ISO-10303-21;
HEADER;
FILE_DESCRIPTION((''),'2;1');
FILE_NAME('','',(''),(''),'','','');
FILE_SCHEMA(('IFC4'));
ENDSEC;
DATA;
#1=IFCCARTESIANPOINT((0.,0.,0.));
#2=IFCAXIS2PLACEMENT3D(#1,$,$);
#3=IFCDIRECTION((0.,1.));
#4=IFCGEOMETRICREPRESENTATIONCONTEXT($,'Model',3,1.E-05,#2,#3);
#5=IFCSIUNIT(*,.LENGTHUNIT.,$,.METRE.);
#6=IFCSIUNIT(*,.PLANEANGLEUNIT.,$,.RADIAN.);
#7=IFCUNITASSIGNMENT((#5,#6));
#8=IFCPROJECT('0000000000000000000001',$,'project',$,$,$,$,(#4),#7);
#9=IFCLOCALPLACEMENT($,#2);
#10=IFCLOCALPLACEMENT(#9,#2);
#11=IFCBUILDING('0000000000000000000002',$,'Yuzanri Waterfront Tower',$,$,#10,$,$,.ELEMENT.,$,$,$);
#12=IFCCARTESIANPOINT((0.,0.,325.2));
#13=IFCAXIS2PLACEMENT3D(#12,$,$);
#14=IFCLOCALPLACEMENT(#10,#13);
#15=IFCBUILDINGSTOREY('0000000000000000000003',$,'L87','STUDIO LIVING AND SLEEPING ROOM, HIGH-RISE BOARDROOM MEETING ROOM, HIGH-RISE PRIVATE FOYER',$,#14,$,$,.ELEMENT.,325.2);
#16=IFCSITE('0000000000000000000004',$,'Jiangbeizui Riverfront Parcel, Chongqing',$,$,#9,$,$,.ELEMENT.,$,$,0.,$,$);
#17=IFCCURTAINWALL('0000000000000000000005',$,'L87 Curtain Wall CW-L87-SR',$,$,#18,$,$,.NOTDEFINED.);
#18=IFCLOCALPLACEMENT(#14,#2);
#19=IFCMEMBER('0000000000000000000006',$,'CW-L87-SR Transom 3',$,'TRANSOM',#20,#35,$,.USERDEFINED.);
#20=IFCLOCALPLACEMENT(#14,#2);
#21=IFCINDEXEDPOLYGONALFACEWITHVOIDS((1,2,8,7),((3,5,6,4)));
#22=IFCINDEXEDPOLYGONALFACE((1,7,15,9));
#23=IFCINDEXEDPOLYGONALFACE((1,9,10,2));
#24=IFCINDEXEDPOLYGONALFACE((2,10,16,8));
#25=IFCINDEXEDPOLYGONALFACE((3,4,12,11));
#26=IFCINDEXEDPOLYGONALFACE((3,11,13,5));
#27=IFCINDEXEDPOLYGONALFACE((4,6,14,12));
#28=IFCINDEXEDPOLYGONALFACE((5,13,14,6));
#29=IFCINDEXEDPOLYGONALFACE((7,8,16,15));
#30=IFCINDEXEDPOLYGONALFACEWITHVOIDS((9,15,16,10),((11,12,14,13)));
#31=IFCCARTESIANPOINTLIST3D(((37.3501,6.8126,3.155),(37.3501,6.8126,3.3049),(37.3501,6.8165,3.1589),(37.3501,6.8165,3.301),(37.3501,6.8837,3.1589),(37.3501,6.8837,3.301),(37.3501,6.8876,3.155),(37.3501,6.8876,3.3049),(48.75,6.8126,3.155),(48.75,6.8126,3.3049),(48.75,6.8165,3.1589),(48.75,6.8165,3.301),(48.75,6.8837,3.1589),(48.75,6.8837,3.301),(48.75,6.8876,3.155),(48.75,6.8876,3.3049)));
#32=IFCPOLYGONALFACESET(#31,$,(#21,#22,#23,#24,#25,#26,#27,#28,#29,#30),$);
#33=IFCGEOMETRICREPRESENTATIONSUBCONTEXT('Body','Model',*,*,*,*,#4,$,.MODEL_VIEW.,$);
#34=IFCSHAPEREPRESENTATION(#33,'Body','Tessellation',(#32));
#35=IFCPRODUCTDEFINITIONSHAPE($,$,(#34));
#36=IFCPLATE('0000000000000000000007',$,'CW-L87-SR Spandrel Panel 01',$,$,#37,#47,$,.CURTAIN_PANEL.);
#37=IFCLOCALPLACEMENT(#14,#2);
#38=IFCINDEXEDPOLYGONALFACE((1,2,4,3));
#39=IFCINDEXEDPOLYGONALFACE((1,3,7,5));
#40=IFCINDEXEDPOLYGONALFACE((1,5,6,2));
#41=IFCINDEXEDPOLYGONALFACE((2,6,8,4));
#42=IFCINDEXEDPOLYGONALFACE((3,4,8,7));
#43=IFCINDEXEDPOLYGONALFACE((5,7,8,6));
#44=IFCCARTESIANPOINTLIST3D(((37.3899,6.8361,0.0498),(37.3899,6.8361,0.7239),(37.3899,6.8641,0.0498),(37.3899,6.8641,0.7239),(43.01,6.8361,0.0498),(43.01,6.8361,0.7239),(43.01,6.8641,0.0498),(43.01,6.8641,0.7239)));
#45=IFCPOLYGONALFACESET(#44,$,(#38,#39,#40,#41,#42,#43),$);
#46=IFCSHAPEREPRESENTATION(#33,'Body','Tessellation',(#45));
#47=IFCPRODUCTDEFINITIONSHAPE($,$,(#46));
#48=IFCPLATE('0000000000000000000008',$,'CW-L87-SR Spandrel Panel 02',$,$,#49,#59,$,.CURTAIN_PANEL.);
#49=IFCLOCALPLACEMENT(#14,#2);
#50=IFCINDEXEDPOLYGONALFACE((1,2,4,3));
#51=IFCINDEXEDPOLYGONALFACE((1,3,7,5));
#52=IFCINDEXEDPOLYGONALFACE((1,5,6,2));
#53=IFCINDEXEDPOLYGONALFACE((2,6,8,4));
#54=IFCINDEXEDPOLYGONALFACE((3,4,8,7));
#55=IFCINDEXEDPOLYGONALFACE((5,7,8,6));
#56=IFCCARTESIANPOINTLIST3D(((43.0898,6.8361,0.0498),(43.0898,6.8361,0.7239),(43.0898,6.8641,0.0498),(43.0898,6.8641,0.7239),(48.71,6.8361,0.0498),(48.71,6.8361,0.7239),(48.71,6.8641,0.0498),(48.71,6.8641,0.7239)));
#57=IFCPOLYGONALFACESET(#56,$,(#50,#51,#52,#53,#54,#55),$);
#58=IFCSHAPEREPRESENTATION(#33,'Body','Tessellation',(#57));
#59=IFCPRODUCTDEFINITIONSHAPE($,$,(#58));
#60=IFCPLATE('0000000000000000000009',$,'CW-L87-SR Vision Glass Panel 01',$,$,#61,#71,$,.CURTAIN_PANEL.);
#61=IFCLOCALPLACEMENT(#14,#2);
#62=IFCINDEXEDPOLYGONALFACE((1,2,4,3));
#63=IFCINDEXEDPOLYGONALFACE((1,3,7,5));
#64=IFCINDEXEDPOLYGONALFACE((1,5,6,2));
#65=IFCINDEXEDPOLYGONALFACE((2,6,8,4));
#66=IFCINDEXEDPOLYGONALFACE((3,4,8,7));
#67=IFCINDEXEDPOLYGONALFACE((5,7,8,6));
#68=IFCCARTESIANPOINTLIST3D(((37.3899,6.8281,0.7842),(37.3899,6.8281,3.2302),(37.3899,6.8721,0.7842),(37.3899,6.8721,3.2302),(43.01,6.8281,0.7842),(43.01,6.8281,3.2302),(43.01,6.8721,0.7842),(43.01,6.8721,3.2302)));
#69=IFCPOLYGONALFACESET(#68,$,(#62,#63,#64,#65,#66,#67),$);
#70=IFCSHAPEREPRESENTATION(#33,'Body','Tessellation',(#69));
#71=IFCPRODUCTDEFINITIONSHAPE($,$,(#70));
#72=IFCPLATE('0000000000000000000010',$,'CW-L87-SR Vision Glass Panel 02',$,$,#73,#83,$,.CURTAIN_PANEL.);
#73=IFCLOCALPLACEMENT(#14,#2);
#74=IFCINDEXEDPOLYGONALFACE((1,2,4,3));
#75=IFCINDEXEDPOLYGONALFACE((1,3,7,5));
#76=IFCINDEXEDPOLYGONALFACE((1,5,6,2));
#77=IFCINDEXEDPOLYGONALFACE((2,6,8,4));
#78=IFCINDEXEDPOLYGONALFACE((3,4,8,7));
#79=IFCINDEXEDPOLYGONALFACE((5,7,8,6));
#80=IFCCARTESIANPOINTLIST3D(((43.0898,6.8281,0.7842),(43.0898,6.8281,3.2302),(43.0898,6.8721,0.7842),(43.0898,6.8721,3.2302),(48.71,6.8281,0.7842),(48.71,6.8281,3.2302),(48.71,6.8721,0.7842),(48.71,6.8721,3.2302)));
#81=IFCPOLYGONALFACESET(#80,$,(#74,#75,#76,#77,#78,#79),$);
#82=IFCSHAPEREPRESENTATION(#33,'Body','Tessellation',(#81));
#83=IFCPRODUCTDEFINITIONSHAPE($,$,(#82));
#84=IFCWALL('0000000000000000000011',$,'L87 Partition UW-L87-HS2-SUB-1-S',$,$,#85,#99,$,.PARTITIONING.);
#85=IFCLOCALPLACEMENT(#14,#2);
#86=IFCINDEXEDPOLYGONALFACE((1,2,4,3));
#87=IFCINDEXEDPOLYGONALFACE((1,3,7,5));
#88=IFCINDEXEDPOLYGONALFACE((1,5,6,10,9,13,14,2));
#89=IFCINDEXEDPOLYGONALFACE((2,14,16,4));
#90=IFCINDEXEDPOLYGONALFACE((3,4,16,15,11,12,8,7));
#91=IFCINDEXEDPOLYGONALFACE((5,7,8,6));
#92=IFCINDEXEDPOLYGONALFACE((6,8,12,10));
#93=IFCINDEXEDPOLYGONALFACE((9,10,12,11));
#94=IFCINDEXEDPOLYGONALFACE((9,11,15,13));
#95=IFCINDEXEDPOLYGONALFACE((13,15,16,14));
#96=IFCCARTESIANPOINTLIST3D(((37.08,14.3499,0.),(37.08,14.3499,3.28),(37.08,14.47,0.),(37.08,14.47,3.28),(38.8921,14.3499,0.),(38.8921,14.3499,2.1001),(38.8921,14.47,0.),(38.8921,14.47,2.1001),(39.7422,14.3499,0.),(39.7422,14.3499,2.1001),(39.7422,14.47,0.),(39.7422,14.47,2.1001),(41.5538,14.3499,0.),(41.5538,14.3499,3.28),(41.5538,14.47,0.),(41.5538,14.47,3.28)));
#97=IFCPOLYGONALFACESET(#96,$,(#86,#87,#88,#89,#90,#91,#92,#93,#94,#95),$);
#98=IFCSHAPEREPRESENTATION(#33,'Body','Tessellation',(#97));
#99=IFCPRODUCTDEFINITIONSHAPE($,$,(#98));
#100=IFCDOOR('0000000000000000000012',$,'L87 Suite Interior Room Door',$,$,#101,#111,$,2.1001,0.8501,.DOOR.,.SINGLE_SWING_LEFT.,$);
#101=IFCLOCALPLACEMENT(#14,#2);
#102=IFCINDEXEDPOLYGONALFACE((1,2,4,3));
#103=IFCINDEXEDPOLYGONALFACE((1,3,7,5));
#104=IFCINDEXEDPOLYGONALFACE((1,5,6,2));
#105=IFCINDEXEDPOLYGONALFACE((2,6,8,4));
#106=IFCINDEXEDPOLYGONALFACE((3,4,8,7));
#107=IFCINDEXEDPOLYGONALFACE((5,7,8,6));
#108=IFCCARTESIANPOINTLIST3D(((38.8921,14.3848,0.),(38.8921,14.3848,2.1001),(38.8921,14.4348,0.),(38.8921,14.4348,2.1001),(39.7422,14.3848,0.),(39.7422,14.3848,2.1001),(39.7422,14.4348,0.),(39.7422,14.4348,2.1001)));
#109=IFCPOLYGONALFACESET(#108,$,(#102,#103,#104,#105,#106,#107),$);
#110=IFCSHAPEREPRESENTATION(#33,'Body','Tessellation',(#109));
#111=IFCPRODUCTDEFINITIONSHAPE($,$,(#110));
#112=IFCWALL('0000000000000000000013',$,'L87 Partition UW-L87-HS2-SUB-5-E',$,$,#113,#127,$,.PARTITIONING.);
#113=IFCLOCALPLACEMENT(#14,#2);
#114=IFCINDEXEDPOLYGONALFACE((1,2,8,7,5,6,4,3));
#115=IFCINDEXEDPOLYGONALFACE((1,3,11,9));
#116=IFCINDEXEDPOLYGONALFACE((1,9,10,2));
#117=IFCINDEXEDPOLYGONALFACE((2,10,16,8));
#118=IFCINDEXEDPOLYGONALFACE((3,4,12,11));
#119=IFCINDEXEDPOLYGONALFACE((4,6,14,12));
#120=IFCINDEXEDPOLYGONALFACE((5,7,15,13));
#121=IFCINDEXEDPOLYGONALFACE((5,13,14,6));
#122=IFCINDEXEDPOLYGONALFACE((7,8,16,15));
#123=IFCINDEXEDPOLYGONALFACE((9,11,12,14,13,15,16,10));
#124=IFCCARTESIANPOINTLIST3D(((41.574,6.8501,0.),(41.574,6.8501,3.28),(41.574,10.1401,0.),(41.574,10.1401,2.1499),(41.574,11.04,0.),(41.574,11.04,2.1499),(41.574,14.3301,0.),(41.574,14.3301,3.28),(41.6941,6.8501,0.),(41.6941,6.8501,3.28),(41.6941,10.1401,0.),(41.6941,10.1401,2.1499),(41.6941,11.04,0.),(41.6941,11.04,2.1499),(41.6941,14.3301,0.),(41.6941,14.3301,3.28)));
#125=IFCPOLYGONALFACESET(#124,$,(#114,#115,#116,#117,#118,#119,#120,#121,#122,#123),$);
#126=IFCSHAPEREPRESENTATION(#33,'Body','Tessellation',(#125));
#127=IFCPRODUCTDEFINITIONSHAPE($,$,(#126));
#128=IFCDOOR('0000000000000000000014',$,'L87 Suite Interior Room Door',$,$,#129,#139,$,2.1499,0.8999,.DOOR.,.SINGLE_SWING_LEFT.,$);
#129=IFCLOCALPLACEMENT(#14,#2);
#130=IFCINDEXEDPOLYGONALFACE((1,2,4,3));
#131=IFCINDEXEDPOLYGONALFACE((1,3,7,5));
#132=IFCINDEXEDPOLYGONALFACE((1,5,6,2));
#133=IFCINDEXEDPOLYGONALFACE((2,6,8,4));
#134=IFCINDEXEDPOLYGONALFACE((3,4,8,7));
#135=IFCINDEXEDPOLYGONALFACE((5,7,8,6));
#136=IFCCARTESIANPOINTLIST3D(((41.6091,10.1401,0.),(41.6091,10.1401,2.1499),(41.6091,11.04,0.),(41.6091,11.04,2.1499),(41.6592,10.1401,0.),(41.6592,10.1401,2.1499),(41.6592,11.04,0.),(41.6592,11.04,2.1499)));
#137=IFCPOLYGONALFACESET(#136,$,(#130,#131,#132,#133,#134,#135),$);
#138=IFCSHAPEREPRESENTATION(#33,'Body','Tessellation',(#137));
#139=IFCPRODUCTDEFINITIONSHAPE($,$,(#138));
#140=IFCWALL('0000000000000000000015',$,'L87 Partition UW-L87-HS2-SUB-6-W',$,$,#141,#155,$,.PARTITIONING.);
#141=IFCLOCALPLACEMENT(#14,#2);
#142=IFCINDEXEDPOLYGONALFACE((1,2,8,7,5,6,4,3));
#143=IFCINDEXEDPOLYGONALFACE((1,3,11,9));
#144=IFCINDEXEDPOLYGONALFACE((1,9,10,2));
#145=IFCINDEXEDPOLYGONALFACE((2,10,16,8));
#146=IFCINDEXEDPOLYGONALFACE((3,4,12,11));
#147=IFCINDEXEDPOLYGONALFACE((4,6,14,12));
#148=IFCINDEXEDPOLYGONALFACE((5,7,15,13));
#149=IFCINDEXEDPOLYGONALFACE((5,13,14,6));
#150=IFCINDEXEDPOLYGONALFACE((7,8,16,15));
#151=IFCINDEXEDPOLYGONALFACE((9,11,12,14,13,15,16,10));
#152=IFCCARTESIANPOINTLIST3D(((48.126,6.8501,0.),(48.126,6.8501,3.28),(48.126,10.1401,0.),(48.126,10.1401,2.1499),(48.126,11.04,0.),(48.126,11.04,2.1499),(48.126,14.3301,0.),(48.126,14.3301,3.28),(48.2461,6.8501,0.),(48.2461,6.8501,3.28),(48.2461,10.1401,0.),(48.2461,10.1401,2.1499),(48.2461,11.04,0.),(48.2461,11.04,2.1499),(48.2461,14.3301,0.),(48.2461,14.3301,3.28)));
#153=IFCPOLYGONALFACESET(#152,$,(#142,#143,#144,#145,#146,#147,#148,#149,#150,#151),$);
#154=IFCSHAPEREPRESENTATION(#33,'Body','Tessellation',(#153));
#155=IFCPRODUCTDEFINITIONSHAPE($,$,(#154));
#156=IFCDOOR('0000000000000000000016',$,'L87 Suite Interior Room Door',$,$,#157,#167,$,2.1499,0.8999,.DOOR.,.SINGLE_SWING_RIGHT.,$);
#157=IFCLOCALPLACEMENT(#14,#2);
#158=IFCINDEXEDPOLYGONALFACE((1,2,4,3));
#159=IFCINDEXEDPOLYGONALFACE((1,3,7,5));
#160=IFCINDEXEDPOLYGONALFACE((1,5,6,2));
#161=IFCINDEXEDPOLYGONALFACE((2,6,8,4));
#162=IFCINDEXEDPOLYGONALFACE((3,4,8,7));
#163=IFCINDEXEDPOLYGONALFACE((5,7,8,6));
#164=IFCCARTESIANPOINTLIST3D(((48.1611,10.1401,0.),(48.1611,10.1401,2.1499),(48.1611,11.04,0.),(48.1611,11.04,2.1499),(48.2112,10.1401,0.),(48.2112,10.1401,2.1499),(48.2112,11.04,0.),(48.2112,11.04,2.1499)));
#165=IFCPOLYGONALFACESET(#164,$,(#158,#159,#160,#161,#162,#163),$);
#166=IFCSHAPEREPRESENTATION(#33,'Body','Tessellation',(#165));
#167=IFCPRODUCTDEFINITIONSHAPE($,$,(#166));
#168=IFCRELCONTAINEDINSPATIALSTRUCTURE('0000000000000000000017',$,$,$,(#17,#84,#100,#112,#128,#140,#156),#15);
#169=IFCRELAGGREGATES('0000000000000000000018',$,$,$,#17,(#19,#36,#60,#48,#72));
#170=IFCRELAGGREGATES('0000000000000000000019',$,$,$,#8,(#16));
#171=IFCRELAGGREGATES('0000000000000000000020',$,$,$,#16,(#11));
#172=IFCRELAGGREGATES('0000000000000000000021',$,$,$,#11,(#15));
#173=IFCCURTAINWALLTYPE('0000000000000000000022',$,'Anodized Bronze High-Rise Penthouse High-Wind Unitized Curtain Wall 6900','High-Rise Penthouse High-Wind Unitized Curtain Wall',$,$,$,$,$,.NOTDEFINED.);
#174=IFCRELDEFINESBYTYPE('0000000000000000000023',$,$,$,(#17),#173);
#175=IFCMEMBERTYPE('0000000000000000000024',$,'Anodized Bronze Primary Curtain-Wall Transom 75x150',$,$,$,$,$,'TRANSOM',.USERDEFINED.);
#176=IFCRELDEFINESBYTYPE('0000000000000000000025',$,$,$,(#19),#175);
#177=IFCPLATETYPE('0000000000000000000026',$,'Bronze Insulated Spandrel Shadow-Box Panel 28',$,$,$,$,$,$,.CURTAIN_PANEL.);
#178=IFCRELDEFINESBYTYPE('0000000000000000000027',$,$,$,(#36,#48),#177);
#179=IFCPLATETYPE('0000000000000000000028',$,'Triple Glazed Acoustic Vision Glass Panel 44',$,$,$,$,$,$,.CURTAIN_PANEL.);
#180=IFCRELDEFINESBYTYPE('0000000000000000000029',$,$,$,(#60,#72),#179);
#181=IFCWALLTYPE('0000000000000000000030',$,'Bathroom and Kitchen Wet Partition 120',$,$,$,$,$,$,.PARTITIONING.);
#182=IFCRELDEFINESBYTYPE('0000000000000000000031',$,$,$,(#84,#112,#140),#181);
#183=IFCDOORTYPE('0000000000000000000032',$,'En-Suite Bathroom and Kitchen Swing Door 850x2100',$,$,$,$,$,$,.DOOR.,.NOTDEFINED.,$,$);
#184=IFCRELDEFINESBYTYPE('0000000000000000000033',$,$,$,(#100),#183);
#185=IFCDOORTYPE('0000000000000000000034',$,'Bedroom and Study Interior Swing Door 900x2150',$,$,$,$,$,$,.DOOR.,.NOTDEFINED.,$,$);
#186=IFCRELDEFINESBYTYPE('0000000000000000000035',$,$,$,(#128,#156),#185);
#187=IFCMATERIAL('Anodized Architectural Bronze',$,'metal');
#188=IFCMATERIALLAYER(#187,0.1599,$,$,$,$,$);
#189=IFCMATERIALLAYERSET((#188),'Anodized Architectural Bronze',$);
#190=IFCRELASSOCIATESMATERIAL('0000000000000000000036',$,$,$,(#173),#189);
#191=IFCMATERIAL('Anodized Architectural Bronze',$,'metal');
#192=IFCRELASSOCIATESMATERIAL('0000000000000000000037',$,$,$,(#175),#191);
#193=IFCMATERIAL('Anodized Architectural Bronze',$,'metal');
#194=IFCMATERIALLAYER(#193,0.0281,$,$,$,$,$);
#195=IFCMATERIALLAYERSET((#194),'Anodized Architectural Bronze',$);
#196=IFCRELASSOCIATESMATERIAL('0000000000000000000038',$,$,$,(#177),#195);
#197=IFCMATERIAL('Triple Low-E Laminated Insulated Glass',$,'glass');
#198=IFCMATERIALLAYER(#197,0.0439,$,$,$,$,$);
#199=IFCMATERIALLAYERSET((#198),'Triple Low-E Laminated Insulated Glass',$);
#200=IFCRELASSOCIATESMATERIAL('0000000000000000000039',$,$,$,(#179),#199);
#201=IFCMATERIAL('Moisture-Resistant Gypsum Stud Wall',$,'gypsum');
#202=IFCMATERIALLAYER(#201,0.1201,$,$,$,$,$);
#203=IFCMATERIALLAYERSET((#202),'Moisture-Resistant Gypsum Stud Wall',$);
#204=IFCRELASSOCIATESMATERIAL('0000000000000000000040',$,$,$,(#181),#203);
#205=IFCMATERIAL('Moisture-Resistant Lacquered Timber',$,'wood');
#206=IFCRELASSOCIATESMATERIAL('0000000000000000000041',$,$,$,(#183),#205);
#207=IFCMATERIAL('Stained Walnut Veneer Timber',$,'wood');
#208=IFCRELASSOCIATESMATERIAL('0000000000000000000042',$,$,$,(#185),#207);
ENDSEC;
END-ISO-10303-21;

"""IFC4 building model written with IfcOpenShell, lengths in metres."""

from ifc_helpers import new_model, si_unit, direction, frame, frame_2d, origin, origin_2d, place, context, subcontext, project, spatial, rectangle, hollow_rectangle, extrude, source, transform, mapped, material, layer, layer_set, material_profile, profile_set, type_object, element, fill, aggregate, save


model = new_model("IFC4")

# Units and contexts
model_context = context("Model", 3, precision=1e-05, world=origin(), true_north=direction((0.0, 1.0)))
body_context = subcontext(model_context, "Body", "Model", "MODEL_VIEW")
ifc_project = project(units=[si_unit("LENGTHUNIT", "METRE"), si_unit("PLANEANGLEUNIT", "RADIAN")], contexts=[model_context])

# Site, building, storey
site_placement = place(None, origin())
site = spatial("IfcSite", under=ifc_project, at=site_placement, Name="Jiangbeizui Riverfront Parcel, Chongqing", CompositionType="ELEMENT", RefElevation=0.0)
building_placement = place(site_placement, origin())
building = spatial("IfcBuilding", under=site, at=building_placement, Name="Yuzanri Waterfront Tower", CompositionType="ELEMENT")
storey_placement = place(building_placement, frame((0.0, 0.0, 325.2)))
storey = spatial("IfcBuildingStorey", under=building, at=storey_placement, Name="L87", Description="STUDIO LIVING AND SLEEPING ROOM, HIGH-RISE BOARDROOM MEETING ROOM, HIGH-RISE PRIVATE FOYER", CompositionType="ELEMENT", Elevation=325.2)

# Curtain wall, member, plates
ifc_material_1 = material(Name="Anodized Architectural Bronze", Category="metal")
ifc_layer_1 = layer(ifc_material_1, 0.1599)
ifc_layer_set_1 = layer_set([ifc_layer_1], Name="Anodized Architectural Bronze")
curtain_wall_type = type_object("IfcCurtainWallType", Name="Anodized Bronze High-Rise Penthouse High-Wind Unitized Curtain Wall 6900", Description="High-Rise Penthouse High-Wind Unitized Curtain Wall", PredefinedType="NOTDEFINED", material=ifc_layer_set_1)
curtain_wall_placement = place(storey_placement, origin())
curtain_wall = element("IfcCurtainWall", 1, at=curtain_wall_placement, inside=storey, type_object=curtain_wall_type, Name="L87 Curtain Wall CW-L87-SR", PredefinedType="NOTDEFINED")
ifc_material_2 = material(Name="Anodized Architectural Bronze", Category="metal")
ifc_material_profile_1 = material_profile(ifc_material_2, hollow_rectangle(XDim=0.075, YDim=0.1499, WallThickness=0.0039, at=origin_2d()), Name="CWT 75x150")
ifc_profile_set_1 = profile_set([ifc_material_profile_1], Name="Anodized Architectural Bronze")
member_type_1 = type_object("IfcMemberType", Name="Anodized Bronze Primary Curtain-Wall Transom 75x150", ElementType="TRANSOM", PredefinedType="USERDEFINED", material=ifc_profile_set_1)
shared_shape_1 = source(origin(), body_context, "Body", "SweptSolid", [
    extrude(hollow_rectangle(XDim=0.075, YDim=0.1499, WallThickness=0.0039, at=origin_2d()), origin(), (0.0, 0.0, 1.0), 11.3999),
])
member_1_placement = place(storey_placement, frame((37.3501, 6.8501, 3.23), z_axis=(1.0, 0.0, 0.0), x_axis=(0.0, 1.0, 0.0)))
member_1 = element("IfcMember", 2, at=member_1_placement, type_object=member_type_1, Name="CW-L87-SR Transom 3", ObjectType="TRANSOM", PredefinedType="USERDEFINED", context=body_context, shape_type="MappedRepresentation", body=[
    mapped(shared_shape_1, transform((0.0, 0.0, 0.0), scale=1.0)),
])
ifc_material_3 = material(Name="Anodized Architectural Bronze", Category="metal")
ifc_layer_2 = layer(ifc_material_3, 0.0281)
ifc_layer_set_2 = layer_set([ifc_layer_2], Name="Anodized Architectural Bronze")
plate_type_1 = type_object("IfcPlateType", Name="Bronze Insulated Spandrel Shadow-Box Panel 28", PredefinedType="CURTAIN_PANEL", material=ifc_layer_set_2)
shared_shape_2 = source(origin(), body_context, "Body", "SweptSolid", [
    extrude(rectangle(XDim=5.6201, YDim=0.0281, at=origin_2d()), origin(), (0.0, 0.0, 1.0), 0.6741),
])
plate_1_placement = place(storey_placement, frame((40.2, 6.8501, 0.0498), z_axis=(0.0, 0.0, 1.0), x_axis=(1.0, 0.0, 0.0)))
plate_1 = element("IfcPlate", 3, at=plate_1_placement, type_object=plate_type_1, Name="CW-L87-SR Spandrel Panel 01", PredefinedType="CURTAIN_PANEL", context=body_context, shape_type="MappedRepresentation", body=[
    mapped(shared_shape_2, transform((0.0, 0.0, 0.0), scale=1.0)),
])
plate_2_placement = place(storey_placement, frame((45.8999, 6.8501, 0.0498), z_axis=(0.0, 0.0, 1.0), x_axis=(1.0, 0.0, 0.0)))
plate_2 = element("IfcPlate", 4, at=plate_2_placement, type_object=plate_type_1, Name="CW-L87-SR Spandrel Panel 02", PredefinedType="CURTAIN_PANEL", context=body_context, shape_type="MappedRepresentation", body=[
    mapped(shared_shape_2, transform((0.0, 0.0, 0.0), scale=1.0)),
])
ifc_material_4 = material(Name="Triple Low-E Laminated Insulated Glass", Category="glass")
ifc_layer_3 = layer(ifc_material_4, 0.0439)
ifc_layer_set_3 = layer_set([ifc_layer_3], Name="Triple Low-E Laminated Insulated Glass")
plate_type_2 = type_object("IfcPlateType", Name="Triple Glazed Acoustic Vision Glass Panel 44", PredefinedType="CURTAIN_PANEL", material=ifc_layer_set_3)
shared_shape_3 = source(origin(), body_context, "Body", "SweptSolid", [
    extrude(rectangle(XDim=5.6201, YDim=0.0439, at=origin_2d()), origin(), (0.0, 0.0, 1.0), 2.446),
])
plate_3_placement = place(storey_placement, frame((40.2, 6.8501, 0.7842), z_axis=(0.0, 0.0, 1.0), x_axis=(1.0, 0.0, 0.0)))
plate_3 = element("IfcPlate", 5, at=plate_3_placement, type_object=plate_type_2, Name="CW-L87-SR Vision Glass Panel 01", PredefinedType="CURTAIN_PANEL", context=body_context, shape_type="MappedRepresentation", body=[
    mapped(shared_shape_3, transform((0.0, 0.0, 0.0), scale=1.0)),
])
plate_4_placement = place(storey_placement, frame((45.8999, 6.8501, 0.7842), z_axis=(0.0, 0.0, 1.0), x_axis=(1.0, 0.0, 0.0)))
plate_4 = element("IfcPlate", 6, at=plate_4_placement, type_object=plate_type_2, Name="CW-L87-SR Vision Glass Panel 02", PredefinedType="CURTAIN_PANEL", context=body_context, shape_type="MappedRepresentation", body=[
    mapped(shared_shape_3, transform((0.0, 0.0, 0.0), scale=1.0)),
])
aggregate(curtain_wall, [member_1, plate_1, plate_3, plate_2, plate_4])

# Walls, openings, doors
ifc_material_5 = material(Name="Moisture-Resistant Gypsum Stud Wall", Category="gypsum")
ifc_layer_4 = layer(ifc_material_5, 0.1201)
ifc_layer_set_4 = layer_set([ifc_layer_4], Name="Moisture-Resistant Gypsum Stud Wall")
wall_type_1 = type_object("IfcWallType", Name="Bathroom and Kitchen Wet Partition 120", PredefinedType="PARTITIONING", material=ifc_layer_set_4)
wall_1_placement = place(storey_placement, frame((37.0801, 14.4099, 0.0), z_axis=(0.0, 0.0, 1.0), x_axis=(1.0, 0.0, 0.0)))
wall_1 = element("IfcWall", 7, at=wall_1_placement, inside=storey, type_object=wall_type_1, Name="L87 Partition UW-L87-HS2-SUB-1-S", PredefinedType="PARTITIONING", context=body_context, shape_type="SweptSolid", body=[
    extrude(rectangle(XDim=4.4739, YDim=0.1201, at=frame_2d((2.2368, 0.0))), origin(), (0.0, 0.0, 1.0), 3.28),
])
opening_1_placement = place(wall_1_placement, frame((1.812, 0.0, 0.0)))
opening_1 = element("IfcOpeningElement", 8, at=opening_1_placement, cuts=wall_1, PredefinedType="OPENING", context=body_context, shape_type="SweptSolid", body=[
    extrude(rectangle(XDim=0.8501, YDim=2.1001, at=frame_2d((0.425, 1.05))), frame((0.0, 0.075, 0.0), z_axis=(0.0, -1.0, 0.0), x_axis=(1.0, 0.0, 0.0)), (0.0, 0.0, 1.0), 0.1499),
])
ifc_material_6 = material(Name="Moisture-Resistant Lacquered Timber", Category="wood")
door_type_1 = type_object("IfcDoorType", Name="En-Suite Bathroom and Kitchen Swing Door 850x2100", OperationType="NOTDEFINED", PredefinedType="DOOR", material=ifc_material_6)
shared_shape_4 = source(origin(), body_context, "Body", "SweptSolid", [
    extrude(rectangle(XDim=0.8501, YDim=2.1001, at=frame_2d((0.425, 1.05))), frame((0.0, 0.0249, 0.0), z_axis=(0.0, -1.0, 0.0), x_axis=(1.0, 0.0, 0.0)), (0.0, 0.0, 1.0), 0.05),
])
door_1_placement = place(opening_1_placement, origin())
door_1 = element("IfcDoor", 9, at=door_1_placement, inside=storey, type_object=door_type_1, Name="L87 Suite Interior Room Door", OperationType="SINGLE_SWING_LEFT", OverallHeight=2.1001, OverallWidth=0.8501, PredefinedType="DOOR", context=body_context, shape_type="MappedRepresentation", body=[
    mapped(shared_shape_4, transform((0.0, 0.0, 0.0), scale=1.0)),
])
fill(opening_1, door_1)
wall_2_placement = place(storey_placement, frame((41.634, 6.8501, 0.0), z_axis=(0.0, 0.0, 1.0), x_axis=(0.0, 1.0, 0.0)))
wall_2 = element("IfcWall", 10, at=wall_2_placement, inside=storey, type_object=wall_type_1, Name="L87 Partition UW-L87-HS2-SUB-5-E", PredefinedType="PARTITIONING", context=body_context, shape_type="SweptSolid", body=[
    extrude(rectangle(XDim=7.48, YDim=0.1201, at=frame_2d((3.74, 0.0))), origin(), (0.0, 0.0, 1.0), 3.28),
])
opening_2_placement = place(wall_2_placement, frame((3.29, 0.0, 0.0)))
opening_2 = element("IfcOpeningElement", 11, at=opening_2_placement, cuts=wall_2, PredefinedType="OPENING", context=body_context, shape_type="SweptSolid", body=[
    extrude(rectangle(XDim=0.8999, YDim=2.1499, at=frame_2d((0.45, 1.075))), frame((0.0, 0.075, 0.0), z_axis=(0.0, -1.0, 0.0), x_axis=(1.0, 0.0, 0.0)), (0.0, 0.0, 1.0), 0.1499),
])
ifc_material_7 = material(Name="Stained Walnut Veneer Timber", Category="wood")
door_type_2 = type_object("IfcDoorType", Name="Bedroom and Study Interior Swing Door 900x2150", OperationType="NOTDEFINED", PredefinedType="DOOR", material=ifc_material_7)
shared_shape_5 = source(origin(), body_context, "Body", "SweptSolid", [
    extrude(rectangle(XDim=0.8999, YDim=2.1499, at=frame_2d((0.45, 1.075))), frame((0.0, 0.0249, 0.0), z_axis=(0.0, -1.0, 0.0), x_axis=(1.0, 0.0, 0.0)), (0.0, 0.0, 1.0), 0.05),
])
door_2_placement = place(opening_2_placement, origin())
door_2 = element("IfcDoor", 12, at=door_2_placement, inside=storey, type_object=door_type_2, Name="L87 Suite Interior Room Door", OperationType="SINGLE_SWING_LEFT", OverallHeight=2.1499, OverallWidth=0.8999, PredefinedType="DOOR", context=body_context, shape_type="MappedRepresentation", body=[
    mapped(shared_shape_5, transform((0.0, 0.0, 0.0), scale=1.0)),
])
fill(opening_2, door_2)
wall_3_placement = place(storey_placement, frame((48.186, 6.8501, 0.0), z_axis=(0.0, 0.0, 1.0), x_axis=(0.0, 1.0, 0.0)))
wall_3 = element("IfcWall", 13, at=wall_3_placement, inside=storey, type_object=wall_type_1, Name="L87 Partition UW-L87-HS2-SUB-6-W", PredefinedType="PARTITIONING", context=body_context, shape_type="SweptSolid", body=[
    extrude(rectangle(XDim=7.48, YDim=0.1201, at=frame_2d((3.74, 0.0))), origin(), (0.0, 0.0, 1.0), 3.28),
])
opening_3_placement = place(wall_3_placement, frame((3.29, 0.0, 0.0)))
opening_3 = element("IfcOpeningElement", 14, at=opening_3_placement, cuts=wall_3, PredefinedType="OPENING", context=body_context, shape_type="SweptSolid", body=[
    extrude(rectangle(XDim=0.8999, YDim=2.1499, at=frame_2d((0.45, 1.075))), frame((0.0, 0.075, 0.0), z_axis=(0.0, -1.0, 0.0), x_axis=(1.0, 0.0, 0.0)), (0.0, 0.0, 1.0), 0.1499),
])
door_3_placement = place(opening_3_placement, origin())
door_3 = element("IfcDoor", 15, at=door_3_placement, inside=storey, type_object=door_type_2, Name="L87 Suite Interior Room Door", OperationType="SINGLE_SWING_RIGHT", OverallHeight=2.1499, OverallWidth=0.8999, PredefinedType="DOOR", context=body_context, shape_type="MappedRepresentation", body=[
    mapped(shared_shape_5, transform((0.0, 0.0, 0.0), scale=1.0)),
])
fill(opening_3, door_3)

save(model, "model.ifc")
